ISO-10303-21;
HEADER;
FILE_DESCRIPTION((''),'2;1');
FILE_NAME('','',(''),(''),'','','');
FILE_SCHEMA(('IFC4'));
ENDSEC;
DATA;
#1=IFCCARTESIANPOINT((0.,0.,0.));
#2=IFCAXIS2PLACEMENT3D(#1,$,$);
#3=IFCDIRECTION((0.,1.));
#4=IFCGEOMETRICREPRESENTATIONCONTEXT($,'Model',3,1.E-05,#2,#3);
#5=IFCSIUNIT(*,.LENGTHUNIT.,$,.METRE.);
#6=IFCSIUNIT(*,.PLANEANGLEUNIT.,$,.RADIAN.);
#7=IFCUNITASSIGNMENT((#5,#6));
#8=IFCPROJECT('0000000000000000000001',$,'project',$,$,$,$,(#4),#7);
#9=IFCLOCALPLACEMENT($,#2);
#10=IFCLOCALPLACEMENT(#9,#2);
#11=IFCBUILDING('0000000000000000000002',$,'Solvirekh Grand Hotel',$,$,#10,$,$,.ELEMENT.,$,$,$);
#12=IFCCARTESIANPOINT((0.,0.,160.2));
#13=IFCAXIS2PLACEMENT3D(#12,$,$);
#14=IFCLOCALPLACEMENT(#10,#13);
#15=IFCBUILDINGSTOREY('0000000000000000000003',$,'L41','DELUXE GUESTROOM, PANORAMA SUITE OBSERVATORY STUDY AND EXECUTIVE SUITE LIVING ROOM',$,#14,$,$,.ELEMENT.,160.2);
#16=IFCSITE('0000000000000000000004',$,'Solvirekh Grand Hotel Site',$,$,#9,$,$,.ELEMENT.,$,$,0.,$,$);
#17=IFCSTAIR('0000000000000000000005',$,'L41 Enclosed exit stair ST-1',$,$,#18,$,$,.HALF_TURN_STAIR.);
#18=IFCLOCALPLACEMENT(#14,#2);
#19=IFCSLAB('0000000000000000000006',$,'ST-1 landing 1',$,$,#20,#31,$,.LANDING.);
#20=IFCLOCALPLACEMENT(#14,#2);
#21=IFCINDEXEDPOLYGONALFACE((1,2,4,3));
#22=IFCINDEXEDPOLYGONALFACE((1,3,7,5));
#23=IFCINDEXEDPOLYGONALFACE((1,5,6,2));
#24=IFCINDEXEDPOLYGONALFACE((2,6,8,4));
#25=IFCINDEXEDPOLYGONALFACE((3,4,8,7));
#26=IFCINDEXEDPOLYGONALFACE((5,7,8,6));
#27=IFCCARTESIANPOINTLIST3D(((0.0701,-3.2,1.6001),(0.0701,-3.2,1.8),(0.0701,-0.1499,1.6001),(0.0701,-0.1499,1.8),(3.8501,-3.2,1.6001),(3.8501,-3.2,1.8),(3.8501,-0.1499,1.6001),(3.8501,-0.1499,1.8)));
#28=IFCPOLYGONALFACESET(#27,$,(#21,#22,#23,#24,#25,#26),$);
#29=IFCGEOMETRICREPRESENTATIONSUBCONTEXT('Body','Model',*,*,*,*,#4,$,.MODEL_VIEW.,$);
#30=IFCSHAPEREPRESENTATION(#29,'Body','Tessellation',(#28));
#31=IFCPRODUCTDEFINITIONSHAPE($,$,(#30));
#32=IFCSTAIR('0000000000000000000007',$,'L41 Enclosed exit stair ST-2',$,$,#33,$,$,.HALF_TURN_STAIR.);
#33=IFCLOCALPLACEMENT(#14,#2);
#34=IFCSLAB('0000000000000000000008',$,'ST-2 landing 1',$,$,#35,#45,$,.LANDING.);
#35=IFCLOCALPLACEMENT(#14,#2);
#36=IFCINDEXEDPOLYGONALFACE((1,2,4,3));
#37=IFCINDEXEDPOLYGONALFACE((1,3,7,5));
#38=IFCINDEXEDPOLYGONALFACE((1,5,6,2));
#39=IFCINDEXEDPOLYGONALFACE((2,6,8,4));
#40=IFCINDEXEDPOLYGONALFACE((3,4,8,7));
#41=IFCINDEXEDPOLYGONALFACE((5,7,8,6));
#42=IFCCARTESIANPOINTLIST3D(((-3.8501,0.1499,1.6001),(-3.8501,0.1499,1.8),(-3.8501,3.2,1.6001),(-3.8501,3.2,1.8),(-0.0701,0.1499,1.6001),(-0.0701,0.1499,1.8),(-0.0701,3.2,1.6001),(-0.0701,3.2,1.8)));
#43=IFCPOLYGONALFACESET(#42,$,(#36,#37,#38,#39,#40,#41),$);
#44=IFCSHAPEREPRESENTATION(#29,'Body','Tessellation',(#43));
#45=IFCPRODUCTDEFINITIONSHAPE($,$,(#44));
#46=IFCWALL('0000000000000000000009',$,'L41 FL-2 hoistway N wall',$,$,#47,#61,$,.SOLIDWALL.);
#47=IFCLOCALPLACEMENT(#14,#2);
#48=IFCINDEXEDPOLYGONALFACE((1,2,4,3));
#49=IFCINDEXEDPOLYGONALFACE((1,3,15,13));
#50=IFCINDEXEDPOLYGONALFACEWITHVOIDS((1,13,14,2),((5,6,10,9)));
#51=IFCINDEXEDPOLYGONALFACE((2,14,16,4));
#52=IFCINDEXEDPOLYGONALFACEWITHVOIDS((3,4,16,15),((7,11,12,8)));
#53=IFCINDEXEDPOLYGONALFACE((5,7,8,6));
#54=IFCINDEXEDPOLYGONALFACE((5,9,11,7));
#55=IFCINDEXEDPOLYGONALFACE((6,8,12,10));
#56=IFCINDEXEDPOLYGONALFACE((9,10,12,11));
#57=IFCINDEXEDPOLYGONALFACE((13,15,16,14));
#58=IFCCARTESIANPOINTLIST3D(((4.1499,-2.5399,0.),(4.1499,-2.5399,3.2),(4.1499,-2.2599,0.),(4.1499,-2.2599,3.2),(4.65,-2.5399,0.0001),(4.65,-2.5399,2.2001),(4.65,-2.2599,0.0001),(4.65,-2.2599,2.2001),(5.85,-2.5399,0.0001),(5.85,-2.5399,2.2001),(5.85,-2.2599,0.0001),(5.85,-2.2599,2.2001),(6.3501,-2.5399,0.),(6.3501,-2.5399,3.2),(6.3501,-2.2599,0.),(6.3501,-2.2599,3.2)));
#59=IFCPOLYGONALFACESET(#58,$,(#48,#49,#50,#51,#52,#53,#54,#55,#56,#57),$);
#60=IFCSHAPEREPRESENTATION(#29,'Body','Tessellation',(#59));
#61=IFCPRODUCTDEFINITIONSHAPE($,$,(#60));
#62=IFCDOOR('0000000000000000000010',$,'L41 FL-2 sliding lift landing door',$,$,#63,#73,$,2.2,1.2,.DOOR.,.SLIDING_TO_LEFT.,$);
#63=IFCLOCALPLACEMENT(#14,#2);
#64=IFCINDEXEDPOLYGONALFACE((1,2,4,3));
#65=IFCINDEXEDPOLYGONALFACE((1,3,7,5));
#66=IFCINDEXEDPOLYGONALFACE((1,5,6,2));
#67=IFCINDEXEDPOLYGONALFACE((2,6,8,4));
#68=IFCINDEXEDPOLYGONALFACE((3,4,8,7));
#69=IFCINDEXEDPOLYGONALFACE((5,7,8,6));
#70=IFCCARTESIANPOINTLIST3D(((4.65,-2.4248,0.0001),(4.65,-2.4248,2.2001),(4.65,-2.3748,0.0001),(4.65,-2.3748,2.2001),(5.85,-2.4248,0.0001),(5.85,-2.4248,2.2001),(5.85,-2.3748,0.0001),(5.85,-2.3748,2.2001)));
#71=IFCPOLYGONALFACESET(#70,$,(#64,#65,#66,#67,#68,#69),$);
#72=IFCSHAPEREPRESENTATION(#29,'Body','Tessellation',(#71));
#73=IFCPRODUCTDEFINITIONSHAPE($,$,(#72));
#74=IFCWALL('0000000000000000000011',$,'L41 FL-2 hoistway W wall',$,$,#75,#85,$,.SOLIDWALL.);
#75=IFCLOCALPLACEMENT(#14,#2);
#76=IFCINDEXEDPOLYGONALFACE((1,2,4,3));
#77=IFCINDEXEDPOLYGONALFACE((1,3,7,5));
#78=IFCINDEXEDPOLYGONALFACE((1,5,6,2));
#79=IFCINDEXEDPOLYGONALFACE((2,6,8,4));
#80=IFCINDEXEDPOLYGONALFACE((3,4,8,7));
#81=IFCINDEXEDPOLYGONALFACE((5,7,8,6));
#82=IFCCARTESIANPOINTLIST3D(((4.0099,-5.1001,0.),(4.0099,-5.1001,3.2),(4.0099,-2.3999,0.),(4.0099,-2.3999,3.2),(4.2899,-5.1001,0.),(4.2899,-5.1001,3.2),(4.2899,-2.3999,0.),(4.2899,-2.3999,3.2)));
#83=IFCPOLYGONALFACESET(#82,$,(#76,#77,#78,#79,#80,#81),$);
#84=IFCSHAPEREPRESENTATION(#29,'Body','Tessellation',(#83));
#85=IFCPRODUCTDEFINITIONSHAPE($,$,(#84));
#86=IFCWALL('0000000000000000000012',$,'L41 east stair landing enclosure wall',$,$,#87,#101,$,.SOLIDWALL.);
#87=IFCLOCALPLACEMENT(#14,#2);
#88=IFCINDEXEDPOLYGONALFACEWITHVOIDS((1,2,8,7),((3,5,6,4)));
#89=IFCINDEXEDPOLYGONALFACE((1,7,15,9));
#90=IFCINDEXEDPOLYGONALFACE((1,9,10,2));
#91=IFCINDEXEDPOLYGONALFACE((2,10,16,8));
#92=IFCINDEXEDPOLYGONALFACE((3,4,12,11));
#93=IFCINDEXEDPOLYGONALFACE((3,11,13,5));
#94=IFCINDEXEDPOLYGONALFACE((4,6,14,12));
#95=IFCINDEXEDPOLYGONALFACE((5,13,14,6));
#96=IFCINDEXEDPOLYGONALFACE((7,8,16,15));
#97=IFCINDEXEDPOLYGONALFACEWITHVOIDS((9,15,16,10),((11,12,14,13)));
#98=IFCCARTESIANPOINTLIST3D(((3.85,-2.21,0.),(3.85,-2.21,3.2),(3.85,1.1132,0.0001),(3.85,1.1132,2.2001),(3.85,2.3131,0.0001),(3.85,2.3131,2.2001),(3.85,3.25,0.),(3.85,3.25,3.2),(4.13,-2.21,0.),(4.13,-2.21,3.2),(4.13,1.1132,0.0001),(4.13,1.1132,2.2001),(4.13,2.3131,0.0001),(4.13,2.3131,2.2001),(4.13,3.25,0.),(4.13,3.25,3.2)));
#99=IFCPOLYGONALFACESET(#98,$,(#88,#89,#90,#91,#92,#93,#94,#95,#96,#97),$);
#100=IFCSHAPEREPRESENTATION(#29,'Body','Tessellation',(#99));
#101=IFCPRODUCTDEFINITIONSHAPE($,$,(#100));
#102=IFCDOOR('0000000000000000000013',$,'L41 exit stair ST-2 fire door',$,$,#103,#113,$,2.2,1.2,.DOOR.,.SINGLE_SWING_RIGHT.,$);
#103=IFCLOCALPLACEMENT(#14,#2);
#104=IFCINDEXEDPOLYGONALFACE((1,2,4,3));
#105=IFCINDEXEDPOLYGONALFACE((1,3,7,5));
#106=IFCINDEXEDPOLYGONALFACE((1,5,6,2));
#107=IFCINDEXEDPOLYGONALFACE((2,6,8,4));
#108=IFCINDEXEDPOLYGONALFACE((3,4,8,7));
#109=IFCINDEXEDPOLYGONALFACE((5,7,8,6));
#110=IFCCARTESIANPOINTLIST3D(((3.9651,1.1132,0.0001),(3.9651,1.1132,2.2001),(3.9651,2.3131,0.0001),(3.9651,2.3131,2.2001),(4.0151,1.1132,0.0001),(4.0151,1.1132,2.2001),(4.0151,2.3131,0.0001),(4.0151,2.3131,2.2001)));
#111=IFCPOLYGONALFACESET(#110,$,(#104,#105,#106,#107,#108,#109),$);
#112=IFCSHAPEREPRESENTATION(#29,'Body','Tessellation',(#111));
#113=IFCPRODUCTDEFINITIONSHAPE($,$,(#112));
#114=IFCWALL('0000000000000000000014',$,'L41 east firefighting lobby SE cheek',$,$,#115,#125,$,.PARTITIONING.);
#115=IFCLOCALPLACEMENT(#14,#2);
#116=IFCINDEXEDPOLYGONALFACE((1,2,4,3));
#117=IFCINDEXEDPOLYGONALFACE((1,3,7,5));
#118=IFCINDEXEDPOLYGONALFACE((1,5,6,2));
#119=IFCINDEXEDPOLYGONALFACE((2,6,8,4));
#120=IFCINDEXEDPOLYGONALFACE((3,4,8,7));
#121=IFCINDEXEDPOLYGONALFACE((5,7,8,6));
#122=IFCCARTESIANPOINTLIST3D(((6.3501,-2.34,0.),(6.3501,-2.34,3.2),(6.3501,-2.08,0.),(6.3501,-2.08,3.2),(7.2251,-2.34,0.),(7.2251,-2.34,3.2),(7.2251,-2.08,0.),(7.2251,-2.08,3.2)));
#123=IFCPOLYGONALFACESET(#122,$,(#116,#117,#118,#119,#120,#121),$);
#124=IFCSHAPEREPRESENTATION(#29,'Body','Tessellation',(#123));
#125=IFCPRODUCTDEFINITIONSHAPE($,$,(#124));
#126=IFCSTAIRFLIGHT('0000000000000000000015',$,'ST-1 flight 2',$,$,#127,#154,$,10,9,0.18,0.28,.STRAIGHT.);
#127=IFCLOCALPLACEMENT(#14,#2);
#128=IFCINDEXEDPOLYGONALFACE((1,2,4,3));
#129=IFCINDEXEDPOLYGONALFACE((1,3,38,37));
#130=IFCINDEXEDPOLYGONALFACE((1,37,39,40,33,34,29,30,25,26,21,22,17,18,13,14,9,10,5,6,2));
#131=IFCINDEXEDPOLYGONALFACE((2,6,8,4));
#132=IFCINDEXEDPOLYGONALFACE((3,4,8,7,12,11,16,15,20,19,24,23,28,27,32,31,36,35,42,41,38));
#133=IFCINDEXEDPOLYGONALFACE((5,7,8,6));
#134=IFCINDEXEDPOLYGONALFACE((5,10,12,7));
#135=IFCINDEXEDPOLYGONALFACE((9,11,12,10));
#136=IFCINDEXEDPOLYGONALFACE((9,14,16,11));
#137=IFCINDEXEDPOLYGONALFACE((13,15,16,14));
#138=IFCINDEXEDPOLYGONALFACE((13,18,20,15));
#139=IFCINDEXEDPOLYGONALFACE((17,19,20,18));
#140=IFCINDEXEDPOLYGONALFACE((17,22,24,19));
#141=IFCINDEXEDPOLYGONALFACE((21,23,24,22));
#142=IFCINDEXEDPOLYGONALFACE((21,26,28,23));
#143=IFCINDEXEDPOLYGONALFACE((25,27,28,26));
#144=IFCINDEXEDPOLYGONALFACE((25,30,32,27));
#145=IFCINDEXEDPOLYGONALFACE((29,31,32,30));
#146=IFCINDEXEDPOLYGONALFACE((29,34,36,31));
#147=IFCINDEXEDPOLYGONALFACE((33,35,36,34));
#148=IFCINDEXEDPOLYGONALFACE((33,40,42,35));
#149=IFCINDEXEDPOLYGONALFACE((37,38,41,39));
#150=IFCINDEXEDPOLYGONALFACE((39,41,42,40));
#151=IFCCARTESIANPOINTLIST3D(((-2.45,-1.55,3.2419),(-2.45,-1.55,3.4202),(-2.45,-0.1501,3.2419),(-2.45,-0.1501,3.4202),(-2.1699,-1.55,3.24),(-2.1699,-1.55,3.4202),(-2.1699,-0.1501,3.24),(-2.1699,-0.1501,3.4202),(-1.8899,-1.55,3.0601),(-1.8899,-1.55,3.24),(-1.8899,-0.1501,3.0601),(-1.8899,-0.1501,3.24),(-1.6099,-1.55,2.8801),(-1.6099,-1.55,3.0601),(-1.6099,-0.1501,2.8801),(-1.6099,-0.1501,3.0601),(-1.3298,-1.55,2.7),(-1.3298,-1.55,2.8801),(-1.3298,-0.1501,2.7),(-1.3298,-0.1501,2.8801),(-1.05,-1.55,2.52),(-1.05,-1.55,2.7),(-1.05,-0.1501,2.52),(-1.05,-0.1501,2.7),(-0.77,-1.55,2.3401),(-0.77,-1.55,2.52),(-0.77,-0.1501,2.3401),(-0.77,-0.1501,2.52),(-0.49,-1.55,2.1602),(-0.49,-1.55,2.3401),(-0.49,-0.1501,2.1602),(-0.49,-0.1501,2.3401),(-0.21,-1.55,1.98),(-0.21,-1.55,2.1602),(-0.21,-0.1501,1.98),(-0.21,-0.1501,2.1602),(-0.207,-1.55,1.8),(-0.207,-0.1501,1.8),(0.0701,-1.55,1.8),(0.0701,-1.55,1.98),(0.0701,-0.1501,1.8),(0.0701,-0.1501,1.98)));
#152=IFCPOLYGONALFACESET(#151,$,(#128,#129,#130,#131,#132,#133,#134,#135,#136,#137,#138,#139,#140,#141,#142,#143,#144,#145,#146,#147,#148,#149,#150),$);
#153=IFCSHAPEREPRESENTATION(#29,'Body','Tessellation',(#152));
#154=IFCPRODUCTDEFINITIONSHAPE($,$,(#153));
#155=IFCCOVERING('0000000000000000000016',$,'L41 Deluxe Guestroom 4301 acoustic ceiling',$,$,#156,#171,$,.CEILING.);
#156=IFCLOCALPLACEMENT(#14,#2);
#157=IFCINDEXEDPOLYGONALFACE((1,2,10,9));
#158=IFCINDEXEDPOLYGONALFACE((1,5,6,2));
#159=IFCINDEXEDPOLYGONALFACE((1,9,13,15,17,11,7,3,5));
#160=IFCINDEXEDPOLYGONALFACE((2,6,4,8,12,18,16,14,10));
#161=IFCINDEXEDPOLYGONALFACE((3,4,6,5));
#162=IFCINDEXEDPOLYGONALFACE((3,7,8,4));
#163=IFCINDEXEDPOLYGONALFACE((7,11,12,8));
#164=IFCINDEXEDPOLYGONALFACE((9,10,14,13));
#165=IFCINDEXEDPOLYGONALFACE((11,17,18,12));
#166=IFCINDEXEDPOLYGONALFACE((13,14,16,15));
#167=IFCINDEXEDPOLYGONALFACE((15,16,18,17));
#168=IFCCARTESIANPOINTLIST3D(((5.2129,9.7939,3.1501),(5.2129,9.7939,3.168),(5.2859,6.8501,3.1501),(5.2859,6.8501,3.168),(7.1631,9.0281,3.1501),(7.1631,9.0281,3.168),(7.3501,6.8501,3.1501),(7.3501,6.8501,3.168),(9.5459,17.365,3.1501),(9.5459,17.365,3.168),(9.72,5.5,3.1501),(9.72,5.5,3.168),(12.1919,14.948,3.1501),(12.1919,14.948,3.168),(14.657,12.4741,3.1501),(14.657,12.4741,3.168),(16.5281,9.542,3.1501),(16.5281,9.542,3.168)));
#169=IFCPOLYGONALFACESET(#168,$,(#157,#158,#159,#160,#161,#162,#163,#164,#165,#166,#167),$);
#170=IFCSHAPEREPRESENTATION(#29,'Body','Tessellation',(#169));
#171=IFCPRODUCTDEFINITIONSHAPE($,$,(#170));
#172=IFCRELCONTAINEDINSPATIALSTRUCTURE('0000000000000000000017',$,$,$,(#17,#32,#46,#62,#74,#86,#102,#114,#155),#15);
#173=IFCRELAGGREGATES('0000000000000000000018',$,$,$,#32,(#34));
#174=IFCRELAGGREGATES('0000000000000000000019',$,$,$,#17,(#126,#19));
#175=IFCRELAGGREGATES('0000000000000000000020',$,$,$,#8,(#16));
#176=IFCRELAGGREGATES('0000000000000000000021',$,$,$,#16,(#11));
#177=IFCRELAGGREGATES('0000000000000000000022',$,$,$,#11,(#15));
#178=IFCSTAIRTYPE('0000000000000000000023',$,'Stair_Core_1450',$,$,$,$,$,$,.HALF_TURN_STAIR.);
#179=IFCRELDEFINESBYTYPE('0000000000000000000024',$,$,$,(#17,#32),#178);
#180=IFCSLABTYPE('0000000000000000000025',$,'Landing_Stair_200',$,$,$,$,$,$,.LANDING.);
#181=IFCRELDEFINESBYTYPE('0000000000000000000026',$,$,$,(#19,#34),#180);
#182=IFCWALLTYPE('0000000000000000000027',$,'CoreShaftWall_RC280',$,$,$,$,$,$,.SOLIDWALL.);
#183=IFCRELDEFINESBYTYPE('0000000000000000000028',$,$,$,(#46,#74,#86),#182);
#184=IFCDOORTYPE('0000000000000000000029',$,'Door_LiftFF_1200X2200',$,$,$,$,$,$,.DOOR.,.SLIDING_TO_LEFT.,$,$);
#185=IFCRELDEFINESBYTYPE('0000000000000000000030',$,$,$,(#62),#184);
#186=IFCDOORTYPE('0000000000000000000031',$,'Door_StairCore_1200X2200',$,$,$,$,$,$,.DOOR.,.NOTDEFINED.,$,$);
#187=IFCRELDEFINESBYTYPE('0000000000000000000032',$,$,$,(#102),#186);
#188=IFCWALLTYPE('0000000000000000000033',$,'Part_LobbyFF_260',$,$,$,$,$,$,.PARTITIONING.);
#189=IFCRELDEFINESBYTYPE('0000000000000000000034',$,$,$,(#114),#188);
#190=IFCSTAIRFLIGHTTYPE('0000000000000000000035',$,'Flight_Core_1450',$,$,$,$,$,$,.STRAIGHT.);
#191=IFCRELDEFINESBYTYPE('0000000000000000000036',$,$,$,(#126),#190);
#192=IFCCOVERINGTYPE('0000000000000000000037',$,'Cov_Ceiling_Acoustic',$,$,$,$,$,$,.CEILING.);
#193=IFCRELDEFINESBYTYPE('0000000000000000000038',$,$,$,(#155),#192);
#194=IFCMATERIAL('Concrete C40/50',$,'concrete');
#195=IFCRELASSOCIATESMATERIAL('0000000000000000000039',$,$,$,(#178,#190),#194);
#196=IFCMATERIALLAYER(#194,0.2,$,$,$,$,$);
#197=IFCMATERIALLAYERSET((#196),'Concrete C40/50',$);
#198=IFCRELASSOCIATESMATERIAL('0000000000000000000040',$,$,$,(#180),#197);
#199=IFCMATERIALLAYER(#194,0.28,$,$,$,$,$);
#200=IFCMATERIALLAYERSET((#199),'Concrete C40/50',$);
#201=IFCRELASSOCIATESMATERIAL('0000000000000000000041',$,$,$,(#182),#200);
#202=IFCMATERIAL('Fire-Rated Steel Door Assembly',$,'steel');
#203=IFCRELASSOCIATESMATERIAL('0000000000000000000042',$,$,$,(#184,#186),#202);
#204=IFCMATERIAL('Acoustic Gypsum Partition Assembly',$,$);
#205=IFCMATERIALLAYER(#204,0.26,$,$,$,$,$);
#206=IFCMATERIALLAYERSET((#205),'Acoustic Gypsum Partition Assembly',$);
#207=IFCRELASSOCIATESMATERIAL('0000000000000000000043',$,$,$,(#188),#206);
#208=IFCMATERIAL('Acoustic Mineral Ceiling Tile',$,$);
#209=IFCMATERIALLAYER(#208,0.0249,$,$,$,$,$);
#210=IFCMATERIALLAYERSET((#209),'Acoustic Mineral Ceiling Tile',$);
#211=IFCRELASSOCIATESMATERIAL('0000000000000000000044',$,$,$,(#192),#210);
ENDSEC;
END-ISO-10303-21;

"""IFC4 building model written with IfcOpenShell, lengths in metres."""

from ifc_helpers import new_model, si_unit, direction, frame, frame_2d, origin, place, context, subcontext, project, spatial, polyline, rectangle, outline, extrude, material, layer, layer_set, type_object, element, fill, aggregate, save


model = new_model("IFC4")

# Units and contexts
model_context = context("Model", 3, precision=1e-05, world=origin(), true_north=direction((0.0, 1.0)))
body_context = subcontext(model_context, "Body", "Model", "MODEL_VIEW")
ifc_project = project(units=[si_unit("LENGTHUNIT", "METRE"), si_unit("PLANEANGLEUNIT", "RADIAN")], contexts=[model_context])

# Site, building, storey
site_placement = place(None, origin())
site = spatial("IfcSite", under=ifc_project, at=site_placement, Name="Solvirekh Grand Hotel Site", CompositionType="ELEMENT", RefElevation=0.0)
building_placement = place(site_placement, origin())
building = spatial("IfcBuilding", under=site, at=building_placement, Name="Solvirekh Grand Hotel", CompositionType="ELEMENT")
storey_placement = place(building_placement, frame((0.0, 0.0, 160.2)))
storey = spatial("IfcBuildingStorey", under=building, at=storey_placement, Name="L41", Description="DELUXE GUESTROOM, PANORAMA SUITE OBSERVATORY STUDY AND EXECUTIVE SUITE LIVING ROOM", CompositionType="ELEMENT", Elevation=160.2)

# Stairs, slabs
ifc_material_1 = material(Name="Concrete C40/50", Category="concrete")
stair_type = type_object("IfcStairType", Name="Stair_Core_1450", PredefinedType="HALF_TURN_STAIR", material=ifc_material_1)
stair_1_placement = place(storey_placement, origin())
stair_1 = element("IfcStair", 1, at=stair_1_placement, inside=storey, type_object=stair_type, Name="L41 Enclosed exit stair ST-1", PredefinedType="HALF_TURN_STAIR")
ifc_layer_1 = layer(ifc_material_1, 0.2)
ifc_layer_set_1 = layer_set([ifc_layer_1], Name="Concrete C40/50")
slab_type = type_object("IfcSlabType", Name="Landing_Stair_200", PredefinedType="LANDING", material=ifc_layer_set_1)
slab_1_placement = place(storey_placement, frame((0.0, 0.0, 1.6001)))
slab_1 = element("IfcSlab", 2, at=slab_1_placement, type_object=slab_type, Name="ST-1 landing 1", PredefinedType="LANDING", context=body_context, shape_type="SweptSolid", body=[
    extrude(outline(polyline([(0.0701, -3.2), (3.8501, -3.2), (3.8501, -0.1499), (0.0701, -0.1499), (0.0701, -3.2)])), origin(), (0.0, 0.0, 1.0), 0.2),
])
stair_2_placement = place(storey_placement, origin())
stair_2 = element("IfcStair", 3, at=stair_2_placement, inside=storey, type_object=stair_type, Name="L41 Enclosed exit stair ST-2", PredefinedType="HALF_TURN_STAIR")
slab_2_placement = place(storey_placement, frame((0.0, 0.0, 1.6001)))
slab_2 = element("IfcSlab", 4, at=slab_2_placement, type_object=slab_type, Name="ST-2 landing 1", PredefinedType="LANDING", context=body_context, shape_type="SweptSolid", body=[
    extrude(outline(polyline([(-0.0701, 3.2), (-3.8501, 3.2), (-3.8501, 0.1499), (-0.0701, 0.1499), (-0.0701, 3.2)])), origin(), (0.0, 0.0, 1.0), 0.2),
])
aggregate(stair_2, [slab_2])

# Wall, opening, door
ifc_layer_2 = layer(ifc_material_1, 0.28)
ifc_layer_set_2 = layer_set([ifc_layer_2], Name="Concrete C40/50")
wall_type_1 = type_object("IfcWallType", Name="CoreShaftWall_RC280", PredefinedType="SOLIDWALL", material=ifc_layer_set_2)
wall_1_placement = place(storey_placement, frame((6.3501, -2.3999, 0.0), z_axis=(0.0, 0.0, 1.0), x_axis=(-1.0, 0.0, 0.0)))
wall_1 = element("IfcWall", 5, at=wall_1_placement, inside=storey, type_object=wall_type_1, Name="L41 FL-2 hoistway N wall", PredefinedType="SOLIDWALL", context=body_context, shape_type="SweptSolid", body=[
    extrude(rectangle(XDim=2.2002, YDim=0.28, at=frame_2d((1.1001, 0.0))), origin(), (0.0, 0.0, 1.0), 3.2),
])
opening_1_placement = place(wall_1_placement, frame((0.5, 0.0, 0.0)))
opening_1 = element("IfcOpeningElement", 6, at=opening_1_placement, cuts=wall_1, PredefinedType="OPENING", context=body_context, shape_type="SweptSolid", body=[
    extrude(rectangle(XDim=1.2, YDim=2.2, at=frame_2d((0.6001, 1.1001))), frame((0.0, 0.1499, 0.0), z_axis=(0.0, -1.0, 0.0), x_axis=(1.0, 0.0, 0.0)), (0.0, 0.0, 1.0), 0.3),
])
ifc_material_2 = material(Name="Fire-Rated Steel Door Assembly", Category="steel")
door_type_1 = type_object("IfcDoorType", Name="Door_LiftFF_1200X2200", OperationType="SLIDING_TO_LEFT", PredefinedType="DOOR", material=ifc_material_2)
door_1_placement = place(opening_1_placement, origin())
door_1 = element("IfcDoor", 7, at=door_1_placement, inside=storey, type_object=door_type_1, Name="L41 FL-2 sliding lift landing door", OperationType="SLIDING_TO_LEFT", OverallHeight=2.2, OverallWidth=1.2, PredefinedType="DOOR", context=body_context, shape_type="SweptSolid", body=[
    extrude(rectangle(XDim=1.2, YDim=2.2, at=frame_2d((0.6001, 1.1001))), frame((0.0, 0.0249, 0.0), z_axis=(0.0, -1.0, 0.0), x_axis=(1.0, 0.0, 0.0)), (0.0, 0.0, 1.0), 0.05),
])
fill(opening_1, door_1)

# Wall
wall_2_placement = place(storey_placement, frame((4.1499, -2.3999, 0.0), z_axis=(0.0, 0.0, 1.0), x_axis=(0.0, -1.0, 0.0)))
element("IfcWall", 8, at=wall_2_placement, inside=storey, type_object=wall_type_1, Name="L41 FL-2 hoistway W wall", PredefinedType="SOLIDWALL", context=body_context, shape_type="SweptSolid", body=[
    extrude(rectangle(XDim=2.7002, YDim=0.28, at=frame_2d((1.3501, 0.0))), origin(), (0.0, 0.0, 1.0), 3.2),
])

# Wall, opening, door
wall_3_placement = place(storey_placement, frame((3.99, -2.21, 0.0), z_axis=(0.0, 0.0, 1.0), x_axis=(0.0, 1.0, 0.0)))
wall_3 = element("IfcWall", 9, at=wall_3_placement, inside=storey, type_object=wall_type_1, Name="L41 east stair landing enclosure wall", PredefinedType="SOLIDWALL", context=body_context, shape_type="SweptSolid", body=[
    extrude(rectangle(XDim=5.46, YDim=0.28, at=frame_2d((2.73, 0.0))), origin(), (0.0, 0.0, 1.0), 3.2),
])
opening_2_placement = place(wall_3_placement, frame((3.323, 0.0, 0.0)))
opening_2 = element("IfcOpeningElement", 10, at=opening_2_placement, cuts=wall_3, PredefinedType="OPENING", context=body_context, shape_type="SweptSolid", body=[
    extrude(rectangle(XDim=1.2, YDim=2.2, at=frame_2d((0.6001, 1.1001))), frame((0.0, 0.1499, 0.0), z_axis=(0.0, -1.0, 0.0), x_axis=(1.0, 0.0, 0.0)), (0.0, 0.0, 1.0), 0.3),
])
door_type_2 = type_object("IfcDoorType", Name="Door_StairCore_1200X2200", OperationType="NOTDEFINED", PredefinedType="DOOR", material=ifc_material_2)
door_2_placement = place(opening_2_placement, origin())
door_2 = element("IfcDoor", 11, at=door_2_placement, inside=storey, type_object=door_type_2, Name="L41 exit stair ST-2 fire door", OperationType="SINGLE_SWING_RIGHT", OverallHeight=2.2, OverallWidth=1.2, PredefinedType="DOOR", context=body_context, shape_type="SweptSolid", body=[
    extrude(rectangle(XDim=1.2, YDim=2.2, at=frame_2d((0.6001, 1.1001))), frame((0.0, 0.0249, 0.0), z_axis=(0.0, -1.0, 0.0), x_axis=(1.0, 0.0, 0.0)), (0.0, 0.0, 1.0), 0.05),
])
fill(opening_2, door_2)

# Wall
ifc_material_3 = material(Name="Acoustic Gypsum Partition Assembly")
ifc_layer_3 = layer(ifc_material_3, 0.26)
ifc_layer_set_3 = layer_set([ifc_layer_3], Name="Acoustic Gypsum Partition Assembly")
wall_type_2 = type_object("IfcWallType", Name="Part_LobbyFF_260", PredefinedType="PARTITIONING", material=ifc_layer_set_3)
wall_4_placement = place(storey_placement, frame((6.3501, -2.21, 0.0), z_axis=(0.0, 0.0, 1.0), x_axis=(1.0, 0.0, 0.0)))
element("IfcWall", 12, at=wall_4_placement, inside=storey, type_object=wall_type_2, Name="L41 east firefighting lobby SE cheek", PredefinedType="PARTITIONING", context=body_context, shape_type="SweptSolid", body=[
    extrude(rectangle(XDim=0.875, YDim=0.26, at=frame_2d((0.4375, 0.0))), origin(), (0.0, 0.0, 1.0), 3.2),
])

# Stair flight
stair_flight_type = type_object("IfcStairFlightType", Name="Flight_Core_1450", PredefinedType="STRAIGHT", material=ifc_material_1)
stair_flight_placement = place(storey_placement, frame((0.0701, -0.8501, 1.8), z_axis=(0.0, 0.0, 1.0), x_axis=(-1.0, 0.0, 0.0)))
stair_flight = element("IfcStairFlight", 13, at=stair_flight_placement, type_object=stair_flight_type, Name="ST-1 flight 2", NumberOfRisers=10, NumberOfTreads=9, PredefinedType="STRAIGHT", RiserHeight=0.18, TreadLength=0.28, context=body_context, shape_type="SweptSolid", body=[
    extrude(outline(polyline([(0.0, 0.0), (0.0, 0.1799), (0.28, 0.1799), (0.28, 0.3601), (0.5601, 0.3601), (0.5601, 0.54), (0.8401, 0.54), (0.8401, 0.72), (1.1201, 0.72), (1.1201, 0.8999), (1.3999, 0.8999), (1.3999, 1.0801), (1.6799, 1.0801), (1.6799, 1.26), (1.96, 1.26), (1.96, 1.4399), (2.24, 1.4399), (2.24, 1.6201), (2.52, 1.6201), (2.52, 1.8), (2.52, 1.4419), (0.2771, 0.0), (0.0, 0.0)])), frame((0.0, 0.7, 0.0), z_axis=(0.0, -1.0, 0.0), x_axis=(1.0, 0.0, 0.0)), (0.0, 0.0, 1.0), 1.3999),
])
aggregate(stair_1, [stair_flight, slab_1])

# Covering
ifc_material_4 = material(Name="Acoustic Mineral Ceiling Tile")
ifc_layer_4 = layer(ifc_material_4, 0.0249)
ifc_layer_set_4 = layer_set([ifc_layer_4], Name="Acoustic Mineral Ceiling Tile")
covering_type_1 = type_object("IfcCoveringType", Name="Cov_Ceiling_Acoustic", PredefinedType="CEILING", material=ifc_layer_set_4)
covering_1_placement = place(storey_placement, frame((0.0, 0.0, 3.1501)))
element("IfcCovering", 14, at=covering_1_placement, inside=storey, type_object=covering_type_1, Name="L41 Deluxe Guestroom 4301 acoustic ceiling", PredefinedType="CEILING", context=body_context, shape_type="SweptSolid", body=[
    extrude(outline(polyline([(3.5281, 6.8501), (5.2129, 9.7939), (7.1631, 9.0281), (5.2859, 6.8501), (7.3501, 6.8501), (9.72, 5.5), (16.5281, 9.542), (14.657, 12.4741), (12.1919, 14.948), (9.5459, 17.365), (3.5281, 6.8501)])), origin(), (0.0, 0.0, 1.0), 0.0178),
])

save(model, "model.ifc")
